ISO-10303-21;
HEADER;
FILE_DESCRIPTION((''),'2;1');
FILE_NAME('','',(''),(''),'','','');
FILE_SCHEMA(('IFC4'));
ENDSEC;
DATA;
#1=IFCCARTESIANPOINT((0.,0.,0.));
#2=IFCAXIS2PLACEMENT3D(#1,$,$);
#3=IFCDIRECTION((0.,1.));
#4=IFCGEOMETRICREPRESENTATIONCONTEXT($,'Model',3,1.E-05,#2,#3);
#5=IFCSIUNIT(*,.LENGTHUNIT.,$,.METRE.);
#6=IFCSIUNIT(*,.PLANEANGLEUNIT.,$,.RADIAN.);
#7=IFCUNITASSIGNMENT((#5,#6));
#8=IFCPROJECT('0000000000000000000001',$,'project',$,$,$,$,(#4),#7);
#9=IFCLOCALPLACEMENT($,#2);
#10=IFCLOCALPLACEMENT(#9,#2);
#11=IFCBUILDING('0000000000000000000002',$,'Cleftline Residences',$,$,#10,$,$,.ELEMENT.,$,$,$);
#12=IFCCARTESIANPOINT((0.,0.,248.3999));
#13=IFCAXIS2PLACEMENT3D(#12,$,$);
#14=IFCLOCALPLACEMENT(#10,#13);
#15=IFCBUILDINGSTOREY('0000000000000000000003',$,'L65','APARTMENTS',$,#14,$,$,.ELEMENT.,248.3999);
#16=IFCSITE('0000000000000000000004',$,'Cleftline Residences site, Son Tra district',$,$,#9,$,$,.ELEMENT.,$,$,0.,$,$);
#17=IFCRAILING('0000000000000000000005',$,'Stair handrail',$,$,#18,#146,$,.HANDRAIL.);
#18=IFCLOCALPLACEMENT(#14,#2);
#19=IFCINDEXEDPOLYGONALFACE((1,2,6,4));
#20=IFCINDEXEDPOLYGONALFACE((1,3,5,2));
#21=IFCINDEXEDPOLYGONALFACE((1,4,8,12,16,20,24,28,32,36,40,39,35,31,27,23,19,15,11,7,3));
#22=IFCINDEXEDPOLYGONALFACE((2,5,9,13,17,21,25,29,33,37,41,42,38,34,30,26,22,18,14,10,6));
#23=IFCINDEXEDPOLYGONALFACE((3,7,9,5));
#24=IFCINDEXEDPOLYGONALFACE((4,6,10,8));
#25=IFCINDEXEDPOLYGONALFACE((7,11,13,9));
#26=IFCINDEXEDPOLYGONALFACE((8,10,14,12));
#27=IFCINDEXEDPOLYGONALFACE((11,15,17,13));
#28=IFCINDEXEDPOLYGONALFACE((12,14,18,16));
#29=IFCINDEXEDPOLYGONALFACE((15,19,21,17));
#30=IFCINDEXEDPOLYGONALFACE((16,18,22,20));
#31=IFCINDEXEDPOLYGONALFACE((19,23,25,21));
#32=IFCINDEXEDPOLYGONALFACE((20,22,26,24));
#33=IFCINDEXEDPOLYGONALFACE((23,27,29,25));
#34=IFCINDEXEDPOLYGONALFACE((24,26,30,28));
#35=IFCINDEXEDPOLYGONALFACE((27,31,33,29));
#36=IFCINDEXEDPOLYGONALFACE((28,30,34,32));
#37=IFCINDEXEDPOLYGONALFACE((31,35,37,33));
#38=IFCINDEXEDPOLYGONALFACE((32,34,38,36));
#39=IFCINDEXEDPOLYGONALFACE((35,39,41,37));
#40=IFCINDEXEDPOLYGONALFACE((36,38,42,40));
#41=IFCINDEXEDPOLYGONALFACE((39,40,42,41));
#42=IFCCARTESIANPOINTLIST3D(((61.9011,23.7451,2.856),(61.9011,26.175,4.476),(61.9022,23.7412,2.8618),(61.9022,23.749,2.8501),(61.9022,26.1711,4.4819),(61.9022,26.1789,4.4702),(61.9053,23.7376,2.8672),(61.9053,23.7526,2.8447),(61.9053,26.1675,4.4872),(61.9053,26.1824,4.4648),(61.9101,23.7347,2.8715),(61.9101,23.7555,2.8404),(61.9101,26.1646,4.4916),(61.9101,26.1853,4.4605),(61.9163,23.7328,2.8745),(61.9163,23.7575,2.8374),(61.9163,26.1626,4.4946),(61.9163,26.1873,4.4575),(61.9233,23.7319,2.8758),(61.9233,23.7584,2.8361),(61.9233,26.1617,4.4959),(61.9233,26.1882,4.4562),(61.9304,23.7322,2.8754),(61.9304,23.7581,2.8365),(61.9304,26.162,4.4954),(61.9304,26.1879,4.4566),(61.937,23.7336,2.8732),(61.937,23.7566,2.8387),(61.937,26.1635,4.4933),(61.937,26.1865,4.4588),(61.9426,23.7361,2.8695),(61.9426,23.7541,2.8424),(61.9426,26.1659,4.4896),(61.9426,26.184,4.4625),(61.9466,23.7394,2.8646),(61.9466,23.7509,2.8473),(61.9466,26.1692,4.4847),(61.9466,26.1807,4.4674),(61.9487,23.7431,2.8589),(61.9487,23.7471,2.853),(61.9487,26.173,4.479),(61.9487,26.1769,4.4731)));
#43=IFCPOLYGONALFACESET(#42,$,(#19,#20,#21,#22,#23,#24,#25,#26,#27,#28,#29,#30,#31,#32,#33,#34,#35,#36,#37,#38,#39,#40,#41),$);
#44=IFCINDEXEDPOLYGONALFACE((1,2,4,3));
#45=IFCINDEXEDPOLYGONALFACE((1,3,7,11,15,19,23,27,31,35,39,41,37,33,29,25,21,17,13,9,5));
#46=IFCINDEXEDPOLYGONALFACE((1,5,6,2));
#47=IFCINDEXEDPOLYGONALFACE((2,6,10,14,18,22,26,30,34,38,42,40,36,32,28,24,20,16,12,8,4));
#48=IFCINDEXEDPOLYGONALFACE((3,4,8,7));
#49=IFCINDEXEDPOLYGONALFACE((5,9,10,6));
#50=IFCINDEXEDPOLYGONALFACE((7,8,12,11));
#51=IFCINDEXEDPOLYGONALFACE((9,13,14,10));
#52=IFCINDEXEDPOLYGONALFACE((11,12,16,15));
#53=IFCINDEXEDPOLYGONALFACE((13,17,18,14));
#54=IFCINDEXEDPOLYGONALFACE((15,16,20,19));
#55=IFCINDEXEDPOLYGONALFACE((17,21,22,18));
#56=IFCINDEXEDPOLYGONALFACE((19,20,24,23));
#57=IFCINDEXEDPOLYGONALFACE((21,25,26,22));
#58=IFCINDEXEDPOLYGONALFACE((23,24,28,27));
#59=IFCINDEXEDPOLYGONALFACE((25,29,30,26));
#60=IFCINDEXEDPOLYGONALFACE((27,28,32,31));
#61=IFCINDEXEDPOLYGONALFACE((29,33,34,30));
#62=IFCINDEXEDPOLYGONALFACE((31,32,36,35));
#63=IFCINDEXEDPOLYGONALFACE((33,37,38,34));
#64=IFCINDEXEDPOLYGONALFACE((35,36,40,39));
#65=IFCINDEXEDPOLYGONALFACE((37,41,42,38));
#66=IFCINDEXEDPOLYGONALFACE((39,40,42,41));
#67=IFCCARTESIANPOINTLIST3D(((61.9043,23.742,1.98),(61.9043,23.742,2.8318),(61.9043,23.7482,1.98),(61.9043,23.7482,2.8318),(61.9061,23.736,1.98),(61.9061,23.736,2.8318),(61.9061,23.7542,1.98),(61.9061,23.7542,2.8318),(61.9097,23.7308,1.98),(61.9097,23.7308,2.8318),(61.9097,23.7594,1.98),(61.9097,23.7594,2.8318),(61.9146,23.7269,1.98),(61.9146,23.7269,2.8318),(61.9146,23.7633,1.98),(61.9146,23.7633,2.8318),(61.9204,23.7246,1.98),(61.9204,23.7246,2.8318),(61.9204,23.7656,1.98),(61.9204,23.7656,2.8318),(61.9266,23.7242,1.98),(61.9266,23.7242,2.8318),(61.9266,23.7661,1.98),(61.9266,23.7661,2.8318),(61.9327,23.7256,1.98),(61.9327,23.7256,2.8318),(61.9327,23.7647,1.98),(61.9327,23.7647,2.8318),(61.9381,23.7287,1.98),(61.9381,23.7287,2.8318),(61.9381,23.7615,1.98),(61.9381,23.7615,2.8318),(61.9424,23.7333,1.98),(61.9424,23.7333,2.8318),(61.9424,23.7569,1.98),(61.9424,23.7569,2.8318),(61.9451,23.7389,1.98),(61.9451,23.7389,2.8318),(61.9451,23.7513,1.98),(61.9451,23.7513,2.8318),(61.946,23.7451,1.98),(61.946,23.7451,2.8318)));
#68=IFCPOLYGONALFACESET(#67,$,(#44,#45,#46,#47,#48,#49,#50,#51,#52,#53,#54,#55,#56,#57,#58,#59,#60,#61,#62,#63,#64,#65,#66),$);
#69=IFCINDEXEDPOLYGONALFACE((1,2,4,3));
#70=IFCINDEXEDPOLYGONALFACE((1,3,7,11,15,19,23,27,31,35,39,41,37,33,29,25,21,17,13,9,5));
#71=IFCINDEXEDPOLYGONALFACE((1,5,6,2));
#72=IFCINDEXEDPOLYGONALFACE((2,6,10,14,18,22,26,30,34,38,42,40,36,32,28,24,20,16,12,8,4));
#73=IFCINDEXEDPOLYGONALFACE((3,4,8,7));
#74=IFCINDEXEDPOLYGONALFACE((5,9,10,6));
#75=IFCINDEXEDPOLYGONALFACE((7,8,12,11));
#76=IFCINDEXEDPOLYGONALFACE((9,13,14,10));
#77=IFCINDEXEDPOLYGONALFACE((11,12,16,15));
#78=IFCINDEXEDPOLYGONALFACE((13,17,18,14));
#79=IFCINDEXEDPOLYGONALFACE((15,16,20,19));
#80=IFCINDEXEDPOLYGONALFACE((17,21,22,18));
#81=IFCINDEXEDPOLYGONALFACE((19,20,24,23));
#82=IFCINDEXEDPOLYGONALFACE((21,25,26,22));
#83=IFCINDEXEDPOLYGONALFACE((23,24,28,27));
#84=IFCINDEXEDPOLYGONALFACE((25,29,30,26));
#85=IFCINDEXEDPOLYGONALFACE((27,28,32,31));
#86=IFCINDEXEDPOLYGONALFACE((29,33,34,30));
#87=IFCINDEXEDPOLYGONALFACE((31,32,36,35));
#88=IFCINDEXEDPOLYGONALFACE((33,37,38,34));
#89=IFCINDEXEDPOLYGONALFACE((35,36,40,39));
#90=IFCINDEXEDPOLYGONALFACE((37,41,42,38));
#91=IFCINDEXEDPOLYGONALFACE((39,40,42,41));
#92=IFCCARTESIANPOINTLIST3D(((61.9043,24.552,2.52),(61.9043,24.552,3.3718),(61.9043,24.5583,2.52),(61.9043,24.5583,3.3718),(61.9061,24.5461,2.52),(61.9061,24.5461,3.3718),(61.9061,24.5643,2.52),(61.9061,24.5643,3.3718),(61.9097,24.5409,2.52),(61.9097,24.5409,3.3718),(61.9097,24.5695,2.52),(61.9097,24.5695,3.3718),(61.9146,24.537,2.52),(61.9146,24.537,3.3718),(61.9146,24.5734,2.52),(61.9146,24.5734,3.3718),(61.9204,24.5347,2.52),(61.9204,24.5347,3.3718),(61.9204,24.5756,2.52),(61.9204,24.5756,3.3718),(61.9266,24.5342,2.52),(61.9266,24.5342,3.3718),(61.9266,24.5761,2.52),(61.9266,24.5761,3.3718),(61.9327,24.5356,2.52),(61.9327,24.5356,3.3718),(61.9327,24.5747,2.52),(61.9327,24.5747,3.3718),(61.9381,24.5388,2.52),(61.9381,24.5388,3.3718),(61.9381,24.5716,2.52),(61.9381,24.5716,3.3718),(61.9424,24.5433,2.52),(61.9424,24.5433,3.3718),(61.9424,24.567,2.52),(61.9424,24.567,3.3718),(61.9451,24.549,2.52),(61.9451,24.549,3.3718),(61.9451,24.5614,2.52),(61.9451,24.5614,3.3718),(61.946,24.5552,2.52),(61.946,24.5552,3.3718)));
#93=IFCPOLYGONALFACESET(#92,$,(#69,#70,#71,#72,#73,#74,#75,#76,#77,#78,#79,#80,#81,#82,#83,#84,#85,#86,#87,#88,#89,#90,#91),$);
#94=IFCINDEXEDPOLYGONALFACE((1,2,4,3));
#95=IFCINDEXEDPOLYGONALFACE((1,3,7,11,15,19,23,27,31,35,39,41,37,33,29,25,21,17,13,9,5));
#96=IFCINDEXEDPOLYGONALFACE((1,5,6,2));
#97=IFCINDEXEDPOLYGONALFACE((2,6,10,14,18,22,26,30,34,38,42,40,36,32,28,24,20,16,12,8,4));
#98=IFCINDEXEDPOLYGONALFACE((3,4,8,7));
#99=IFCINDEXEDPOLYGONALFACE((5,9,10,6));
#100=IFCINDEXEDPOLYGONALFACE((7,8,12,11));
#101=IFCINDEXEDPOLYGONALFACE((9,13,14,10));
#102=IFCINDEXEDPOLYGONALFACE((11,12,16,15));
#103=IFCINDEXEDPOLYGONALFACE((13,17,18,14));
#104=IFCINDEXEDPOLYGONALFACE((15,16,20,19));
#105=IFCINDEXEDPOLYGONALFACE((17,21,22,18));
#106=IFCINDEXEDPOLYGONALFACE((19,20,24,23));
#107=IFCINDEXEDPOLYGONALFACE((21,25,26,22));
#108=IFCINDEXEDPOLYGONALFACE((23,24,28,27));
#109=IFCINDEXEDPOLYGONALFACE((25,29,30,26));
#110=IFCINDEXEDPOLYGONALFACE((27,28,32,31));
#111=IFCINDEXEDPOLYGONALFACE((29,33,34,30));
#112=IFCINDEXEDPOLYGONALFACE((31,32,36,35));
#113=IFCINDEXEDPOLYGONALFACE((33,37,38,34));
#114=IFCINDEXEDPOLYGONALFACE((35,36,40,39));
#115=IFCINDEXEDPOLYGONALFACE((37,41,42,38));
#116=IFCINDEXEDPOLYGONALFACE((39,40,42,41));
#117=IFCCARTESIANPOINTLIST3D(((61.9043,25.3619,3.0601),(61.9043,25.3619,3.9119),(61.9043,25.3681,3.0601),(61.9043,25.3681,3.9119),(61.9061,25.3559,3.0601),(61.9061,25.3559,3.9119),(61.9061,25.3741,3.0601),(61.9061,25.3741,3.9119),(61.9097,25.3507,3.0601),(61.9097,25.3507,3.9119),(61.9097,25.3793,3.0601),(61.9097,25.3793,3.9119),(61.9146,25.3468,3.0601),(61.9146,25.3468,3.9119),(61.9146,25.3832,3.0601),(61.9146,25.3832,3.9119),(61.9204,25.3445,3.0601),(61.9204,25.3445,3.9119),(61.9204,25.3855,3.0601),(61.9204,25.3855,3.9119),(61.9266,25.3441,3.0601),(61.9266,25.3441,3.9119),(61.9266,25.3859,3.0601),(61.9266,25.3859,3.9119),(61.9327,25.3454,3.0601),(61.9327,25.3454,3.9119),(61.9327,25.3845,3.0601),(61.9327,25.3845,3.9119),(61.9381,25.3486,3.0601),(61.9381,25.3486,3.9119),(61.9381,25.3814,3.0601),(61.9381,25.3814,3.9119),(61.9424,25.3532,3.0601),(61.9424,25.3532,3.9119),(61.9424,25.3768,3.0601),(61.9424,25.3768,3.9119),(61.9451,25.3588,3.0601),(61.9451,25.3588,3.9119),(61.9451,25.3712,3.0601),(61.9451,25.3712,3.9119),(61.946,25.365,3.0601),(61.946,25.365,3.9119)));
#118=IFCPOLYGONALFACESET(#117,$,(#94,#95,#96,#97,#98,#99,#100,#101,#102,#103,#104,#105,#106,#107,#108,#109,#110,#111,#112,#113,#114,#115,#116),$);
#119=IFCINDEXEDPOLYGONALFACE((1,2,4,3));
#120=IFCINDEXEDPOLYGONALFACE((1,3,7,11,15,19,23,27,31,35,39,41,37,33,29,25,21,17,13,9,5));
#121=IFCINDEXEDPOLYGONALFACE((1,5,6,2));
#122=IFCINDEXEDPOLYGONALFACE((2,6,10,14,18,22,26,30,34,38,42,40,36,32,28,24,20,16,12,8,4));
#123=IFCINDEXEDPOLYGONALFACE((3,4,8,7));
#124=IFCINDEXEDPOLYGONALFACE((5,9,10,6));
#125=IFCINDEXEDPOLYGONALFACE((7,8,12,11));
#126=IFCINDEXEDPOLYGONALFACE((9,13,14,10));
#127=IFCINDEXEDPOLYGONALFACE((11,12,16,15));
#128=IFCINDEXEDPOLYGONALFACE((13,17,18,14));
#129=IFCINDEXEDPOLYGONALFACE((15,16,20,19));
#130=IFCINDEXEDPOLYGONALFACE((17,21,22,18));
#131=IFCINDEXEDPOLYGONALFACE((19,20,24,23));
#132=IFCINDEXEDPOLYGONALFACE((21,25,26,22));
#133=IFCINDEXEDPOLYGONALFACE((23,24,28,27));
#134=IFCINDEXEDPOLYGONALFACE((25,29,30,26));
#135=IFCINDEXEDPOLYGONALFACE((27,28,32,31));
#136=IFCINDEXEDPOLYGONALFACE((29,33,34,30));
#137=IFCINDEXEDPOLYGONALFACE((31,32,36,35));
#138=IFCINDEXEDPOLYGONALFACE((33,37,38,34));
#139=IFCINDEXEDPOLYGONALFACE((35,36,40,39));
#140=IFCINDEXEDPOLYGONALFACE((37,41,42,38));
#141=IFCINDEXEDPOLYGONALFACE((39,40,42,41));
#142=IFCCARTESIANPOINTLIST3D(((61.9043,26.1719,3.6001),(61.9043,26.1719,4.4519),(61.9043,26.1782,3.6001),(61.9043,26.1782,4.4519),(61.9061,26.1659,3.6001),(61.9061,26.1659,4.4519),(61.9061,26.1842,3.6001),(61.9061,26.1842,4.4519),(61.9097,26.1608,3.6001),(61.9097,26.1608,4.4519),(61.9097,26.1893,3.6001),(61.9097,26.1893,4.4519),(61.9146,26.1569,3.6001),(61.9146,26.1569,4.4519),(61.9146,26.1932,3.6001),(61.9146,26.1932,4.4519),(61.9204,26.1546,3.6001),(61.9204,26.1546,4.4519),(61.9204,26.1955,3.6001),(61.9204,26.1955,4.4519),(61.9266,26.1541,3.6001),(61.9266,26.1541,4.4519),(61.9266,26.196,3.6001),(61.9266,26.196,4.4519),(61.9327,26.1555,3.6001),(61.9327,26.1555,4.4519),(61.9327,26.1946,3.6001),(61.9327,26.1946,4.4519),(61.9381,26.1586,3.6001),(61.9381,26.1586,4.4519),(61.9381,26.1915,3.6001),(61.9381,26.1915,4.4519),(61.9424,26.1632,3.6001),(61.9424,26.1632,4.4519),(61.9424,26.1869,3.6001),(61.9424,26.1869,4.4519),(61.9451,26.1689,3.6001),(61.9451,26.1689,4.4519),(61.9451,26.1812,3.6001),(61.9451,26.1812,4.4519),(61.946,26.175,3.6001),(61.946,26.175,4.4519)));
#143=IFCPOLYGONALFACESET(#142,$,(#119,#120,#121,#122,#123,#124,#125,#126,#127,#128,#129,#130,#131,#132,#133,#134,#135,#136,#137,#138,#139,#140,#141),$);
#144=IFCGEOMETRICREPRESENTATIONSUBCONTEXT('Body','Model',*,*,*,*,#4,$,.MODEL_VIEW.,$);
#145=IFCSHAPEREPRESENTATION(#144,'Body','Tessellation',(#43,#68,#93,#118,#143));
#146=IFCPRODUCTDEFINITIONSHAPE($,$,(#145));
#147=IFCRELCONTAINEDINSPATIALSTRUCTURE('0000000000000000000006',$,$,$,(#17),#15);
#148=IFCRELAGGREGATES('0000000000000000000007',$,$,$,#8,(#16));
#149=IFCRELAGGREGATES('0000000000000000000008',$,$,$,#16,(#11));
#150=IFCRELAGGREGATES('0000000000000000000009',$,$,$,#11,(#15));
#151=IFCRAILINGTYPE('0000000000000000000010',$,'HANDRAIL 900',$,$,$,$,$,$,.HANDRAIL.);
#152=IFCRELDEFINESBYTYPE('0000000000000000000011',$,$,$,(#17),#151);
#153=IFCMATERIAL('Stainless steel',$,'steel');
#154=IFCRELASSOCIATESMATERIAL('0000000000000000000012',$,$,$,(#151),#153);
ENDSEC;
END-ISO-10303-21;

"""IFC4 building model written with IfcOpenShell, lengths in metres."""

from ifc_helpers import new_model, si_unit, direction, frame, origin, origin_2d, place, context, subcontext, project, spatial, circle, extrude, material, type_object, element, save


model = new_model("IFC4")

# Units and contexts
model_context = context("Model", 3, precision=1e-05, world=origin(), true_north=direction((0.0, 1.0)))
body_context = subcontext(model_context, "Body", "Model", "MODEL_VIEW")
ifc_project = project(units=[si_unit("LENGTHUNIT", "METRE"), si_unit("PLANEANGLEUNIT", "RADIAN")], contexts=[model_context])

# Site, building, storey
site_placement = place(None, origin())
site = spatial("IfcSite", under=ifc_project, at=site_placement, Name="Cleftline Residences site, Son Tra district", CompositionType="ELEMENT", RefElevation=0.0)
building_placement = place(site_placement, origin())
building = spatial("IfcBuilding", under=site, at=building_placement, Name="Cleftline Residences", CompositionType="ELEMENT")
storey_placement = place(building_placement, frame((0.0, 0.0, 248.3999)))
storey = spatial("IfcBuildingStorey", under=building, at=storey_placement, Name="L65", Description="APARTMENTS", CompositionType="ELEMENT", Elevation=248.3999)

# Railing
ifc_material_1 = material(Name="Stainless steel", Category="steel")
railing_type = type_object("IfcRailingType", Name="HANDRAIL 900", PredefinedType="HANDRAIL", material=ifc_material_1)
railing_placement = place(storey_placement, frame((61.925, 23.7451, 1.98)))
element("IfcRailing", 1, at=railing_placement, inside=storey, type_object=railing_type, Name="Stair handrail", PredefinedType="HANDRAIL", context=body_context, shape_type="SweptSolid", body=[
    extrude(circle(Radius=0.0239, at=origin_2d()), frame((0.0, 0.0, 0.876), z_axis=(0.0, 0.832025, 0.554739), x_axis=(-1.0, 0.0, 0.0)), (0.0, 0.0, 1.0), 2.9204),
    extrude(circle(Radius=0.021, at=origin_2d()), origin(), (0.0, 0.0, 1.0), 0.8518),
    extrude(circle(Radius=0.021, at=origin_2d()), frame((0.0, 0.8101, 0.54)), (0.0, 0.0, 1.0), 0.8518),
    extrude(circle(Radius=0.021, at=origin_2d()), frame((0.0, 1.6199, 1.0801)), (0.0, 0.0, 1.0), 0.8518),
    extrude(circle(Radius=0.021, at=origin_2d()), frame((0.0, 2.4299, 1.6201)), (0.0, 0.0, 1.0), 0.8518),
])

save(model, "model.ifc")
